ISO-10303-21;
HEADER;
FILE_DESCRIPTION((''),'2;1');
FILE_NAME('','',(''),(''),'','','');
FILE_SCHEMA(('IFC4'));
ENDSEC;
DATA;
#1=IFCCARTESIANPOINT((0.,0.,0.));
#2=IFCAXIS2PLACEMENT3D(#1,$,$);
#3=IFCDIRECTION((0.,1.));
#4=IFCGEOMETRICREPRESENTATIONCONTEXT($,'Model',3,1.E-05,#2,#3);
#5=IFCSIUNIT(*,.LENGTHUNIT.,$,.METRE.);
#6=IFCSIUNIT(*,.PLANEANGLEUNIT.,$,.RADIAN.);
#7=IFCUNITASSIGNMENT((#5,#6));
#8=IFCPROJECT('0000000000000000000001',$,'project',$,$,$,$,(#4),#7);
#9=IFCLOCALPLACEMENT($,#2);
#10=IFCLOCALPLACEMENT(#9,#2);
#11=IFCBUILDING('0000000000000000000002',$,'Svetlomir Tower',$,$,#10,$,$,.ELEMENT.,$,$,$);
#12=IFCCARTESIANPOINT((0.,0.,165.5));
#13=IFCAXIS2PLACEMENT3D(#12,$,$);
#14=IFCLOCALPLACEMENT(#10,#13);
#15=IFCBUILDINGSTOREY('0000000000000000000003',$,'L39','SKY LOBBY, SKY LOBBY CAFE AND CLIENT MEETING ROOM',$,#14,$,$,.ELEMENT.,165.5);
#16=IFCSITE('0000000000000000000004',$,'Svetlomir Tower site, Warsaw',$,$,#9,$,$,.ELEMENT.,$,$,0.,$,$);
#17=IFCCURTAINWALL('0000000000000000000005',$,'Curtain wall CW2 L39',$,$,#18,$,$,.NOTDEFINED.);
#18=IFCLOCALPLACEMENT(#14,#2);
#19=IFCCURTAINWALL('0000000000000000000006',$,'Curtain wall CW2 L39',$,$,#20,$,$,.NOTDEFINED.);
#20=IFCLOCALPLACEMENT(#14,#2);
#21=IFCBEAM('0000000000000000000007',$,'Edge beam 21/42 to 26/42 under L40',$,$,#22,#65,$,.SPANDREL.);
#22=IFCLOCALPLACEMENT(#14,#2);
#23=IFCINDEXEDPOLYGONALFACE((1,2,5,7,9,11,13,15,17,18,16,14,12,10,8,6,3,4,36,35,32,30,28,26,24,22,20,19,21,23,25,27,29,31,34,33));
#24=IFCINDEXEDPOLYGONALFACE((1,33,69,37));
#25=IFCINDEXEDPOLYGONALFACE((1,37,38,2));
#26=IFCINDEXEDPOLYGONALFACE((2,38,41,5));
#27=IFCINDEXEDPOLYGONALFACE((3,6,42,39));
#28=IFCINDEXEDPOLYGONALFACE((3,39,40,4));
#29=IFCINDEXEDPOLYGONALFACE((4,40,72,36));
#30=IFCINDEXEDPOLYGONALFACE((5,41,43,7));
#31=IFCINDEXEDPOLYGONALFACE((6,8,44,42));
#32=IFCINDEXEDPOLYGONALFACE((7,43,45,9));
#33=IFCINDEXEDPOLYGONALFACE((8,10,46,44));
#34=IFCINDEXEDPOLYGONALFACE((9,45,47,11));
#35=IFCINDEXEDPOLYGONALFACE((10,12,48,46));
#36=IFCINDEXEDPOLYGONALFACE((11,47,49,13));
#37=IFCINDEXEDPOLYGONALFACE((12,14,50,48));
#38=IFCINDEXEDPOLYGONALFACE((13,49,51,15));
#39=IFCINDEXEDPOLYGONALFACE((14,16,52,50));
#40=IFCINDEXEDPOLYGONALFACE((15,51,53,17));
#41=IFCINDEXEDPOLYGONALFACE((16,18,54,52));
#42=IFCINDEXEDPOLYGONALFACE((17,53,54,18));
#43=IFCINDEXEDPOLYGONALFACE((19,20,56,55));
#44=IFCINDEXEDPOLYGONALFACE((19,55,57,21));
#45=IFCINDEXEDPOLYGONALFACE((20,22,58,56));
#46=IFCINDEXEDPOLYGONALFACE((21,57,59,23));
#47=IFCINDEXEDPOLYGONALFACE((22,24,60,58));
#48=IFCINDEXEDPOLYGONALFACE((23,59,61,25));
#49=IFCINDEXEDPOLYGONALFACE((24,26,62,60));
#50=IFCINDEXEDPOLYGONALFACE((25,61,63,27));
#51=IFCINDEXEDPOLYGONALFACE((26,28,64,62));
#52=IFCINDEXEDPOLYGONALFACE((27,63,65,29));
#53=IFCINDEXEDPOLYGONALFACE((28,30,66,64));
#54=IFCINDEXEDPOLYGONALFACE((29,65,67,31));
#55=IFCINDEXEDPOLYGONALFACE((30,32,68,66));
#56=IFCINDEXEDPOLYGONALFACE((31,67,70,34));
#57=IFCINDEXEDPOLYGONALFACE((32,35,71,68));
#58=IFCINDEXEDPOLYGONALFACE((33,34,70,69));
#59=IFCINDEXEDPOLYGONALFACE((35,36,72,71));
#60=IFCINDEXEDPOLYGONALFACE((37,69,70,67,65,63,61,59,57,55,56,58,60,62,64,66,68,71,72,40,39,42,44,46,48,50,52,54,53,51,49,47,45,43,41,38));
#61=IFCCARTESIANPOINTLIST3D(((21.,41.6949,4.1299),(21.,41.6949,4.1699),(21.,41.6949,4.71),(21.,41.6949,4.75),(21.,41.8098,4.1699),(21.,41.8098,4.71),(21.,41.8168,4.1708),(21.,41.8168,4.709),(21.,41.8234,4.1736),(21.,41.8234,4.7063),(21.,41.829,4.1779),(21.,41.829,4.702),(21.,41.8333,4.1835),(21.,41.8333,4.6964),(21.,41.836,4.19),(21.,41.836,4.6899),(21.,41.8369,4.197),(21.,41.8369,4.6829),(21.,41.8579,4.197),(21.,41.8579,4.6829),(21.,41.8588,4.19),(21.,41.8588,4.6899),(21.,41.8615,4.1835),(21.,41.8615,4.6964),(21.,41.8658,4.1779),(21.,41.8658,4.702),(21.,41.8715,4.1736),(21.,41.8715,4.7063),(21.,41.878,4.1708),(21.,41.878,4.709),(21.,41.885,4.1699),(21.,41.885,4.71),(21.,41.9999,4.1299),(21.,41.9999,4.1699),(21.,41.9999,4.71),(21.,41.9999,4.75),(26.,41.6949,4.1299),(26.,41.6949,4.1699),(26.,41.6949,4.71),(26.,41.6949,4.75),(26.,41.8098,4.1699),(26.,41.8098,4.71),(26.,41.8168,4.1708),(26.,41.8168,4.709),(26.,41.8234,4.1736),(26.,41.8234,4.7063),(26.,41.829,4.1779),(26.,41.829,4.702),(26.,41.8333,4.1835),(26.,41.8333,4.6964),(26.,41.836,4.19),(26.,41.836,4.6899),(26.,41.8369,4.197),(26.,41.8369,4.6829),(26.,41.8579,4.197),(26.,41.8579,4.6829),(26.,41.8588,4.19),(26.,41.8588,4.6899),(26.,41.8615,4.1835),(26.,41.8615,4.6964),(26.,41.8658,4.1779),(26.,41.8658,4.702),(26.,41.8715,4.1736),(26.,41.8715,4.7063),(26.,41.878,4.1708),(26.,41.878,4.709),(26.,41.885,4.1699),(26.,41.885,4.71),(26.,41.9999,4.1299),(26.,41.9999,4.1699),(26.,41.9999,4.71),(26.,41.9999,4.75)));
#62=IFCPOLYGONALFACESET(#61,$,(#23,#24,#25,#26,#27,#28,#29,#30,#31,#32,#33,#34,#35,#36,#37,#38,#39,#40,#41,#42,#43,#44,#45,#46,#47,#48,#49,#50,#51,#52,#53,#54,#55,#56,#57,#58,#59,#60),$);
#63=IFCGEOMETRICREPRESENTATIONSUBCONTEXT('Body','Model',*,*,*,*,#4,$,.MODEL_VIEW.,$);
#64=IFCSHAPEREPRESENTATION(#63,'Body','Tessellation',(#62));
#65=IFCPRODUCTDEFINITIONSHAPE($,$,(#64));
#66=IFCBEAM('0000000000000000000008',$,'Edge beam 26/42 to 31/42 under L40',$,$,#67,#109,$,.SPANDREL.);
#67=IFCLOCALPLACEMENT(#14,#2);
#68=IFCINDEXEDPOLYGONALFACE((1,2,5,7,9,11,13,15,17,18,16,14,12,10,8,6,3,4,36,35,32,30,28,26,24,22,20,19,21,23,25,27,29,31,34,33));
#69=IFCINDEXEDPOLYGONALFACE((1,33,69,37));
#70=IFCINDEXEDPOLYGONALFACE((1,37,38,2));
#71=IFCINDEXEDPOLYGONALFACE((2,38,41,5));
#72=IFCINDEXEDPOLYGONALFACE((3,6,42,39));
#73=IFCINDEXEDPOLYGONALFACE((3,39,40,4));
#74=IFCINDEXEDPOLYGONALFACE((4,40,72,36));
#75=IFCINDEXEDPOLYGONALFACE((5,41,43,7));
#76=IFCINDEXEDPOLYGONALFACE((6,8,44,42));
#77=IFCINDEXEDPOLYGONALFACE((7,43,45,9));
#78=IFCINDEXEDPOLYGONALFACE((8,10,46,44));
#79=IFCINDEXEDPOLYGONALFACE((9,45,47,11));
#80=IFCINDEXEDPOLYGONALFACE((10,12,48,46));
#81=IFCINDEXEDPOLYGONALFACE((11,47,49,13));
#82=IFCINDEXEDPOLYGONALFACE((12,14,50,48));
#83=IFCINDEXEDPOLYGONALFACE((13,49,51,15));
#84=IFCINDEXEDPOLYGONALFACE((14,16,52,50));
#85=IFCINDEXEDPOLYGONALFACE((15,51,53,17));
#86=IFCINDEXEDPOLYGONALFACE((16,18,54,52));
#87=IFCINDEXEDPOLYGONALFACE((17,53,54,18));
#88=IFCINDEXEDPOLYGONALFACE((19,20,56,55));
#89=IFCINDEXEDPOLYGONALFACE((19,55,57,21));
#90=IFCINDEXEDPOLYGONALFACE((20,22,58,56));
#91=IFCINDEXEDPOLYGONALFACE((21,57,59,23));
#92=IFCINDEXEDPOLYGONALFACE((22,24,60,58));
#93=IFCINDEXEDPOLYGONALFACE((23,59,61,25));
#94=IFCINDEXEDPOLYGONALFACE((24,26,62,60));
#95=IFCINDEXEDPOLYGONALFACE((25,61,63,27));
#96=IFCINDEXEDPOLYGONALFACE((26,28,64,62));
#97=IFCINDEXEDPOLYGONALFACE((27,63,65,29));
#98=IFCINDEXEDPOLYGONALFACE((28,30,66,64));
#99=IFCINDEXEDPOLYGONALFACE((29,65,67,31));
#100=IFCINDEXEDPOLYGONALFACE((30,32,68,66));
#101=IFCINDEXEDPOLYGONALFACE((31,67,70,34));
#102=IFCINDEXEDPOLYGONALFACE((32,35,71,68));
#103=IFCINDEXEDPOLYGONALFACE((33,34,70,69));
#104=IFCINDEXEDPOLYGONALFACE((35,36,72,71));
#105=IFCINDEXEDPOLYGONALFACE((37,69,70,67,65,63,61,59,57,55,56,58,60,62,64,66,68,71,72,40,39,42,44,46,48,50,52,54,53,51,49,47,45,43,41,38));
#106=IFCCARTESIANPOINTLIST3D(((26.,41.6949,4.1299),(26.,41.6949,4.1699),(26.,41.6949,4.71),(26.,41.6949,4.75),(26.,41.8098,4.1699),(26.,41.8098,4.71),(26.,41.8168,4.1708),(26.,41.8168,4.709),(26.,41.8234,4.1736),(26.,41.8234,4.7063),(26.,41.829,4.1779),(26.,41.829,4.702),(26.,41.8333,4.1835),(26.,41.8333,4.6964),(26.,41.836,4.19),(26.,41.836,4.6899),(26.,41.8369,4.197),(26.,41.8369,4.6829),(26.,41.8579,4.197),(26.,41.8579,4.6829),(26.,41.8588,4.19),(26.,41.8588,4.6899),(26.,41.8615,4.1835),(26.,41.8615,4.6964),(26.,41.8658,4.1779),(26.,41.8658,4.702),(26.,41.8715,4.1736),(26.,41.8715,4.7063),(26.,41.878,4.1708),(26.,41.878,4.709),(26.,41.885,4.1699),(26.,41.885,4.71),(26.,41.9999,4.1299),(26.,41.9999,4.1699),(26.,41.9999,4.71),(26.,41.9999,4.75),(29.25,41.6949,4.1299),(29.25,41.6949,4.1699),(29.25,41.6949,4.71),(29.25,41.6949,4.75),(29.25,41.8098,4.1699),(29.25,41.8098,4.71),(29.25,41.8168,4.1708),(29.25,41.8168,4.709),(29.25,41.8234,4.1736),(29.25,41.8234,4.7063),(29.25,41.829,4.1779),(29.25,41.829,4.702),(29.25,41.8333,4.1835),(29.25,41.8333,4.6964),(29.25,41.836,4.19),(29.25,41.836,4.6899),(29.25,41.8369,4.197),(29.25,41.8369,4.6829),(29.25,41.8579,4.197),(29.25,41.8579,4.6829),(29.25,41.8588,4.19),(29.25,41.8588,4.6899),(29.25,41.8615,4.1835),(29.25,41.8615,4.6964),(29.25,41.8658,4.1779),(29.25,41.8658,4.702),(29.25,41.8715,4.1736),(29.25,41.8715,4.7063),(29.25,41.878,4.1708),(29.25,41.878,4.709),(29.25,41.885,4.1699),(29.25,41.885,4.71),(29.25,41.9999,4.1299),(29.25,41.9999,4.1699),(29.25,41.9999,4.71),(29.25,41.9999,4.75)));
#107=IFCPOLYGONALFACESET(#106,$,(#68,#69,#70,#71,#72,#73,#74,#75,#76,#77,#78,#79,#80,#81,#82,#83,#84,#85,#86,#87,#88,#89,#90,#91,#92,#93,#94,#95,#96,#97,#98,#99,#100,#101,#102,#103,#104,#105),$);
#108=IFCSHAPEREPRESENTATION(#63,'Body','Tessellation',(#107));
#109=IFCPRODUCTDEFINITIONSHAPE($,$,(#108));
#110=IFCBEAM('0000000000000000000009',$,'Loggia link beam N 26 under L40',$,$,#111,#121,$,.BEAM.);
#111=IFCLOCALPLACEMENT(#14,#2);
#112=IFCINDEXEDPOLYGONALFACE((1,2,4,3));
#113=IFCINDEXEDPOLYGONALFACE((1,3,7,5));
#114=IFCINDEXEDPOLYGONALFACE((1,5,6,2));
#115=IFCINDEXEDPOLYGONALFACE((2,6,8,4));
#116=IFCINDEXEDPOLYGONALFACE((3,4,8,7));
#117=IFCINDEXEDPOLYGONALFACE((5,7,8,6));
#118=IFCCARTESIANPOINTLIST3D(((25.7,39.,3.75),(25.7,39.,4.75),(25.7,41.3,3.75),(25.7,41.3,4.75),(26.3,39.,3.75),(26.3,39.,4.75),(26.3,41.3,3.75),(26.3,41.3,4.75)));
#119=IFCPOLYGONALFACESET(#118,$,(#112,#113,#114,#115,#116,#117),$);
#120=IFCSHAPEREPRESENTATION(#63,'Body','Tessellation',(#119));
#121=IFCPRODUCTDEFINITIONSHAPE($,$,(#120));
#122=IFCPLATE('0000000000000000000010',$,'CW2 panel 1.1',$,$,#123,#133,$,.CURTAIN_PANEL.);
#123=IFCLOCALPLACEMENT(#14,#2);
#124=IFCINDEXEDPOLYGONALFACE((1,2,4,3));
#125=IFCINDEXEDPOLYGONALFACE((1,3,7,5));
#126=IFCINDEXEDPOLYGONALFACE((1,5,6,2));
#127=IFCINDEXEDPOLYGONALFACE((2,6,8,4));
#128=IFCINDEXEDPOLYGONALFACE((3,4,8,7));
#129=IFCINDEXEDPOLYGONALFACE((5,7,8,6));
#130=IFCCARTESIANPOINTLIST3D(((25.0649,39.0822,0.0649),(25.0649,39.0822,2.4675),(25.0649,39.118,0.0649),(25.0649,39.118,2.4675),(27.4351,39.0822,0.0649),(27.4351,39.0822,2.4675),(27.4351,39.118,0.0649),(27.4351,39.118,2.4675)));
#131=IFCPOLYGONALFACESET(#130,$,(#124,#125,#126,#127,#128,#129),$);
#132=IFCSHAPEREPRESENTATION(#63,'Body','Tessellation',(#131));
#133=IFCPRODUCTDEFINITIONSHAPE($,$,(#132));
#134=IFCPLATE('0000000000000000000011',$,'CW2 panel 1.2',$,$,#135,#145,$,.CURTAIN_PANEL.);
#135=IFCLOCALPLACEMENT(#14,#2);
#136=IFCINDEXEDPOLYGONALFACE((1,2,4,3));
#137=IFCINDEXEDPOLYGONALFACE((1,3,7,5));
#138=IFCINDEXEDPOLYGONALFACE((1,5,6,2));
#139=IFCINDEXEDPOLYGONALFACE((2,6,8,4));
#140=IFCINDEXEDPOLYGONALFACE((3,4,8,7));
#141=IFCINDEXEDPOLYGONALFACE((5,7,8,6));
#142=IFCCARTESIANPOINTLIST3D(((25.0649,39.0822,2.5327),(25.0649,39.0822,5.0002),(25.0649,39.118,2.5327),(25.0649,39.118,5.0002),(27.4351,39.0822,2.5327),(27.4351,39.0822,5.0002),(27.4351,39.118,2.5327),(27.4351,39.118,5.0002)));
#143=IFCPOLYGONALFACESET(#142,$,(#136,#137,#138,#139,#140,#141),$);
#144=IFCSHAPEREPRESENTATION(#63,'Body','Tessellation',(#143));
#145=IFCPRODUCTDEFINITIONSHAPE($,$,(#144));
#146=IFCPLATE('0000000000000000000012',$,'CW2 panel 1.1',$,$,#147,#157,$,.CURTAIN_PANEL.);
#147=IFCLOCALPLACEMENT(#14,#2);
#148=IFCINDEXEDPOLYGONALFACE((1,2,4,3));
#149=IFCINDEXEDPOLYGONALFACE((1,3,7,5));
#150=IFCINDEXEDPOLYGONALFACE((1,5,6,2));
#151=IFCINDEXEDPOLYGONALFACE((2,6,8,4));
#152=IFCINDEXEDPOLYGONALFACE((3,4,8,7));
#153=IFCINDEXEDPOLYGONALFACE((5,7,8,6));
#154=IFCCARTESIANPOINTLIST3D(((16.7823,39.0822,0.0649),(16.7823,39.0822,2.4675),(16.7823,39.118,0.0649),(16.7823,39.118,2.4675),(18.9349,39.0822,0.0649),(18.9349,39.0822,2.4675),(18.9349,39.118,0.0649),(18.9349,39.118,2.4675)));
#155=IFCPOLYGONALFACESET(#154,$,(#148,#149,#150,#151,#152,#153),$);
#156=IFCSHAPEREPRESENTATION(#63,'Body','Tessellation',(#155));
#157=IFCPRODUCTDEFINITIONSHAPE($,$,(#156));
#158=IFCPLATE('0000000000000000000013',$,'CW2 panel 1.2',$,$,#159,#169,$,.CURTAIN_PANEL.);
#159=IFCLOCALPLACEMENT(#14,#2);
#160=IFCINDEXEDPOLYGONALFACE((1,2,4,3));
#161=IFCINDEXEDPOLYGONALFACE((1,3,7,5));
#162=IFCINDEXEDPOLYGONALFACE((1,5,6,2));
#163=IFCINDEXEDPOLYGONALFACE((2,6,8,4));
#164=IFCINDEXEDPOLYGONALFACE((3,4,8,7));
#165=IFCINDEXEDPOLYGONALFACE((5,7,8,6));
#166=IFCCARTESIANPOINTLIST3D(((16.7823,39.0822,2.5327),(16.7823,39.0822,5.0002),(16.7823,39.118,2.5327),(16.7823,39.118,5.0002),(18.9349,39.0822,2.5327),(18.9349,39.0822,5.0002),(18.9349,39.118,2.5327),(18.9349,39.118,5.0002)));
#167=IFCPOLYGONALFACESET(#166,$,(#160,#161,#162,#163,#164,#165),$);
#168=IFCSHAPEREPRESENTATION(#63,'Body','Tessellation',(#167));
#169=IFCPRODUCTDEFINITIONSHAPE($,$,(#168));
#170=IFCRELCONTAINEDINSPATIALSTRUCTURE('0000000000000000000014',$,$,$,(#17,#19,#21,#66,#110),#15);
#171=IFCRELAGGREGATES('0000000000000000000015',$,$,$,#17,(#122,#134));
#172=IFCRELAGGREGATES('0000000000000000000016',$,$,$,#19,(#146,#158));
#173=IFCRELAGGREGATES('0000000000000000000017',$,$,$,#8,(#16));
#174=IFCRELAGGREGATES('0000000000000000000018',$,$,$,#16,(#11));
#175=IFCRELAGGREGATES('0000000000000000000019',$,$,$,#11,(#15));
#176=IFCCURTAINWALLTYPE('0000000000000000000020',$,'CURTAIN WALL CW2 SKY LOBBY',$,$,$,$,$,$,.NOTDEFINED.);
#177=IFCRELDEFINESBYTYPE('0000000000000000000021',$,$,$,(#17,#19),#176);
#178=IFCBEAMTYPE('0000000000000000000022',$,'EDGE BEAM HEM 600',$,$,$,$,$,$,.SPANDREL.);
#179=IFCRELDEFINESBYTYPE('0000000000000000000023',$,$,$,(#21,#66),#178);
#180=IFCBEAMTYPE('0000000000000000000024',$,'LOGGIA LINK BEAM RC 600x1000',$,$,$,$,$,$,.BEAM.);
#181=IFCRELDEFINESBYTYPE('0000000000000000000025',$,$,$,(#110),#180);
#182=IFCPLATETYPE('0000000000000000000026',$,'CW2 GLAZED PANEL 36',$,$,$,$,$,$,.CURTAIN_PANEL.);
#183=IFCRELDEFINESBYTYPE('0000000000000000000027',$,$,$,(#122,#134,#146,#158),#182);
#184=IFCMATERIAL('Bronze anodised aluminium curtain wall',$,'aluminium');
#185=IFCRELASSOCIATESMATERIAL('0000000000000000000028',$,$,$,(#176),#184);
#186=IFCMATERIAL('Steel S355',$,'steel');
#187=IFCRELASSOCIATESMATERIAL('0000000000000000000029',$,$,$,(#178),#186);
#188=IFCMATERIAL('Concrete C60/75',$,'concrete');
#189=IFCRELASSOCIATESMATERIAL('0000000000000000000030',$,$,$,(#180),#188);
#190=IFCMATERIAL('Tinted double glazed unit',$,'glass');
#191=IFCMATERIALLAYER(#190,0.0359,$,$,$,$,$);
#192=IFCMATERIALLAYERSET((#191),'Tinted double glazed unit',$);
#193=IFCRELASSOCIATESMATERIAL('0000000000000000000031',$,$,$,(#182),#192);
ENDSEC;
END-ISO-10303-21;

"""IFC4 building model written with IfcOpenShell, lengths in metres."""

from ifc_helpers import new_model, si_unit, direction, frame, origin, origin_2d, place, context, subcontext, project, spatial, rectangle, i_section, extrude, material, layer, layer_set, material_profile, profile_set, type_object, element, aggregate, save


model = new_model("IFC4")

# Units and contexts
model_context = context("Model", 3, precision=1e-05, world=origin(), true_north=direction((0.0, 1.0)))
body_context = subcontext(model_context, "Body", "Model", "MODEL_VIEW")
ifc_project = project(units=[si_unit("LENGTHUNIT", "METRE"), si_unit("PLANEANGLEUNIT", "RADIAN")], contexts=[model_context])

# Site, building, storey
site_placement = place(None, origin())
site = spatial("IfcSite", under=ifc_project, at=site_placement, Name="Svetlomir Tower site, Warsaw", CompositionType="ELEMENT", RefElevation=0.0)
building_placement = place(site_placement, origin())
building = spatial("IfcBuilding", under=site, at=building_placement, Name="Svetlomir Tower", CompositionType="ELEMENT")
storey_placement = place(building_placement, frame((0.0, 0.0, 165.5)))
storey = spatial("IfcBuildingStorey", under=building, at=storey_placement, Name="L39", Description="SKY LOBBY, SKY LOBBY CAFE AND CLIENT MEETING ROOM", CompositionType="ELEMENT", Elevation=165.5)

# Curtain walls
ifc_material_1 = material(Name="Bronze anodised aluminium curtain wall", Category="aluminium")
curtain_wall_type = type_object("IfcCurtainWallType", Name="CURTAIN WALL CW2 SKY LOBBY", PredefinedType="NOTDEFINED", material=ifc_material_1)
curtain_wall_1_placement = place(storey_placement, origin())
curtain_wall_1 = element("IfcCurtainWall", 1, at=curtain_wall_1_placement, inside=storey, type_object=curtain_wall_type, Name="Curtain wall CW2 L39", PredefinedType="NOTDEFINED")
curtain_wall_2_placement = place(storey_placement, origin())
curtain_wall_2 = element("IfcCurtainWall", 2, at=curtain_wall_2_placement, inside=storey, type_object=curtain_wall_type, Name="Curtain wall CW2 L39", PredefinedType="NOTDEFINED")

# Beams
ifc_material_2 = material(Name="Steel S355", Category="steel")
ifc_material_profile_1 = material_profile(ifc_material_2, i_section(OverallWidth=0.3049, OverallDepth=0.6201, WebThickness=0.021, FlangeThickness=0.04, FilletRadius=0.0271, at=origin_2d()), Name="HEM 600")
ifc_profile_set_1 = profile_set([ifc_material_profile_1], Name="Steel S355")
beam_type_1 = type_object("IfcBeamType", Name="EDGE BEAM HEM 600", PredefinedType="SPANDREL", material=ifc_profile_set_1)
beam_1_placement = place(storey_placement, frame((21.0, 41.8474, 4.4399), z_axis=(1.0, 0.0, 0.0), x_axis=(0.0, 1.0, 0.0)))
element("IfcBeam", 3, at=beam_1_placement, inside=storey, type_object=beam_type_1, Name="Edge beam 21/42 to 26/42 under L40", PredefinedType="SPANDREL", context=body_context, shape_type="SweptSolid", body=[
    extrude(i_section(OverallWidth=0.3049, OverallDepth=0.6201, WebThickness=0.021, FlangeThickness=0.04, FilletRadius=0.0271, at=origin_2d()), origin(), (0.0, 0.0, 1.0), 5.0),
])
beam_2_placement = place(storey_placement, frame((26.0, 41.8474, 4.4399), z_axis=(1.0, 0.0, 0.0), x_axis=(0.0, 1.0, 0.0)))
element("IfcBeam", 4, at=beam_2_placement, inside=storey, type_object=beam_type_1, Name="Edge beam 26/42 to 31/42 under L40", PredefinedType="SPANDREL", context=body_context, shape_type="SweptSolid", body=[
    extrude(i_section(OverallWidth=0.3049, OverallDepth=0.6201, WebThickness=0.021, FlangeThickness=0.04, FilletRadius=0.0271, at=origin_2d()), origin(), (0.0, 0.0, 1.0), 3.25),
])
ifc_material_3 = material(Name="Concrete C60/75", Category="concrete")
ifc_material_profile_2 = material_profile(ifc_material_3, rectangle(XDim=0.6001, YDim=1.0, at=origin_2d()), Name="RC 600x1000")
ifc_profile_set_2 = profile_set([ifc_material_profile_2], Name="Concrete C60/75")
beam_type_2 = type_object("IfcBeamType", Name="LOGGIA LINK BEAM RC 600x1000", PredefinedType="BEAM", material=ifc_profile_set_2)
beam_3_placement = place(storey_placement, frame((26.0, 41.3, 4.25), z_axis=(0.0, -1.0, 0.0), x_axis=(1.0, 0.0, 0.0)))
element("IfcBeam", 5, at=beam_3_placement, inside=storey, type_object=beam_type_2, Name="Loggia link beam N 26 under L40", PredefinedType="BEAM", context=body_context, shape_type="SweptSolid", body=[
    extrude(rectangle(XDim=0.6001, YDim=1.0, at=origin_2d()), origin(), (0.0, 0.0, 1.0), 2.3),
])

# Plates
ifc_material_4 = material(Name="Tinted double glazed unit", Category="glass")
ifc_layer_1 = layer(ifc_material_4, 0.0359)
ifc_layer_set_1 = layer_set([ifc_layer_1], Name="Tinted double glazed unit")
plate_type = type_object("IfcPlateType", Name="CW2 GLAZED PANEL 36", PredefinedType="CURTAIN_PANEL", material=ifc_layer_set_1)
plate_1_placement = place(storey_placement, frame((26.25, 39.1001, 0.0649), z_axis=(0.0, 0.0, 1.0), x_axis=(-1.0, 0.0, 0.0)))
plate_1 = element("IfcPlate", 6, at=plate_1_placement, type_object=plate_type, Name="CW2 panel 1.1", PredefinedType="CURTAIN_PANEL", context=body_context, shape_type="SweptSolid", body=[
    extrude(rectangle(XDim=2.3701, YDim=0.0359, at=origin_2d()), origin(), (0.0, 0.0, 1.0), 2.4026),
])
plate_2_placement = place(storey_placement, frame((26.25, 39.1001, 2.5327), z_axis=(0.0, 0.0, 1.0), x_axis=(-1.0, 0.0, 0.0)))
plate_2 = element("IfcPlate", 7, at=plate_2_placement, type_object=plate_type, Name="CW2 panel 1.2", PredefinedType="CURTAIN_PANEL", context=body_context, shape_type="SweptSolid", body=[
    extrude(rectangle(XDim=2.3701, YDim=0.0359, at=origin_2d()), origin(), (0.0, 0.0, 1.0), 2.4675),
])
aggregate(curtain_wall_1, [plate_1, plate_2])
plate_3_placement = place(storey_placement, frame((17.8586, 39.1001, 0.0649), z_axis=(0.0, 0.0, 1.0), x_axis=(-1.0, 0.0, 0.0)))
plate_3 = element("IfcPlate", 8, at=plate_3_placement, type_object=plate_type, Name="CW2 panel 1.1", PredefinedType="CURTAIN_PANEL", context=body_context, shape_type="SweptSolid", body=[
    extrude(rectangle(XDim=2.1526, YDim=0.0359, at=origin_2d()), origin(), (0.0, 0.0, 1.0), 2.4026),
])
plate_4_placement = place(storey_placement, frame((17.8586, 39.1001, 2.5327), z_axis=(0.0, 0.0, 1.0), x_axis=(-1.0, 0.0, 0.0)))
plate_4 = element("IfcPlate", 9, at=plate_4_placement, type_object=plate_type, Name="CW2 panel 1.2", PredefinedType="CURTAIN_PANEL", context=body_context, shape_type="SweptSolid", body=[
    extrude(rectangle(XDim=2.1526, YDim=0.0359, at=origin_2d()), origin(), (0.0, 0.0, 1.0), 2.4675),
])
aggregate(curtain_wall_2, [plate_3, plate_4])

save(model, "model.ifc")
